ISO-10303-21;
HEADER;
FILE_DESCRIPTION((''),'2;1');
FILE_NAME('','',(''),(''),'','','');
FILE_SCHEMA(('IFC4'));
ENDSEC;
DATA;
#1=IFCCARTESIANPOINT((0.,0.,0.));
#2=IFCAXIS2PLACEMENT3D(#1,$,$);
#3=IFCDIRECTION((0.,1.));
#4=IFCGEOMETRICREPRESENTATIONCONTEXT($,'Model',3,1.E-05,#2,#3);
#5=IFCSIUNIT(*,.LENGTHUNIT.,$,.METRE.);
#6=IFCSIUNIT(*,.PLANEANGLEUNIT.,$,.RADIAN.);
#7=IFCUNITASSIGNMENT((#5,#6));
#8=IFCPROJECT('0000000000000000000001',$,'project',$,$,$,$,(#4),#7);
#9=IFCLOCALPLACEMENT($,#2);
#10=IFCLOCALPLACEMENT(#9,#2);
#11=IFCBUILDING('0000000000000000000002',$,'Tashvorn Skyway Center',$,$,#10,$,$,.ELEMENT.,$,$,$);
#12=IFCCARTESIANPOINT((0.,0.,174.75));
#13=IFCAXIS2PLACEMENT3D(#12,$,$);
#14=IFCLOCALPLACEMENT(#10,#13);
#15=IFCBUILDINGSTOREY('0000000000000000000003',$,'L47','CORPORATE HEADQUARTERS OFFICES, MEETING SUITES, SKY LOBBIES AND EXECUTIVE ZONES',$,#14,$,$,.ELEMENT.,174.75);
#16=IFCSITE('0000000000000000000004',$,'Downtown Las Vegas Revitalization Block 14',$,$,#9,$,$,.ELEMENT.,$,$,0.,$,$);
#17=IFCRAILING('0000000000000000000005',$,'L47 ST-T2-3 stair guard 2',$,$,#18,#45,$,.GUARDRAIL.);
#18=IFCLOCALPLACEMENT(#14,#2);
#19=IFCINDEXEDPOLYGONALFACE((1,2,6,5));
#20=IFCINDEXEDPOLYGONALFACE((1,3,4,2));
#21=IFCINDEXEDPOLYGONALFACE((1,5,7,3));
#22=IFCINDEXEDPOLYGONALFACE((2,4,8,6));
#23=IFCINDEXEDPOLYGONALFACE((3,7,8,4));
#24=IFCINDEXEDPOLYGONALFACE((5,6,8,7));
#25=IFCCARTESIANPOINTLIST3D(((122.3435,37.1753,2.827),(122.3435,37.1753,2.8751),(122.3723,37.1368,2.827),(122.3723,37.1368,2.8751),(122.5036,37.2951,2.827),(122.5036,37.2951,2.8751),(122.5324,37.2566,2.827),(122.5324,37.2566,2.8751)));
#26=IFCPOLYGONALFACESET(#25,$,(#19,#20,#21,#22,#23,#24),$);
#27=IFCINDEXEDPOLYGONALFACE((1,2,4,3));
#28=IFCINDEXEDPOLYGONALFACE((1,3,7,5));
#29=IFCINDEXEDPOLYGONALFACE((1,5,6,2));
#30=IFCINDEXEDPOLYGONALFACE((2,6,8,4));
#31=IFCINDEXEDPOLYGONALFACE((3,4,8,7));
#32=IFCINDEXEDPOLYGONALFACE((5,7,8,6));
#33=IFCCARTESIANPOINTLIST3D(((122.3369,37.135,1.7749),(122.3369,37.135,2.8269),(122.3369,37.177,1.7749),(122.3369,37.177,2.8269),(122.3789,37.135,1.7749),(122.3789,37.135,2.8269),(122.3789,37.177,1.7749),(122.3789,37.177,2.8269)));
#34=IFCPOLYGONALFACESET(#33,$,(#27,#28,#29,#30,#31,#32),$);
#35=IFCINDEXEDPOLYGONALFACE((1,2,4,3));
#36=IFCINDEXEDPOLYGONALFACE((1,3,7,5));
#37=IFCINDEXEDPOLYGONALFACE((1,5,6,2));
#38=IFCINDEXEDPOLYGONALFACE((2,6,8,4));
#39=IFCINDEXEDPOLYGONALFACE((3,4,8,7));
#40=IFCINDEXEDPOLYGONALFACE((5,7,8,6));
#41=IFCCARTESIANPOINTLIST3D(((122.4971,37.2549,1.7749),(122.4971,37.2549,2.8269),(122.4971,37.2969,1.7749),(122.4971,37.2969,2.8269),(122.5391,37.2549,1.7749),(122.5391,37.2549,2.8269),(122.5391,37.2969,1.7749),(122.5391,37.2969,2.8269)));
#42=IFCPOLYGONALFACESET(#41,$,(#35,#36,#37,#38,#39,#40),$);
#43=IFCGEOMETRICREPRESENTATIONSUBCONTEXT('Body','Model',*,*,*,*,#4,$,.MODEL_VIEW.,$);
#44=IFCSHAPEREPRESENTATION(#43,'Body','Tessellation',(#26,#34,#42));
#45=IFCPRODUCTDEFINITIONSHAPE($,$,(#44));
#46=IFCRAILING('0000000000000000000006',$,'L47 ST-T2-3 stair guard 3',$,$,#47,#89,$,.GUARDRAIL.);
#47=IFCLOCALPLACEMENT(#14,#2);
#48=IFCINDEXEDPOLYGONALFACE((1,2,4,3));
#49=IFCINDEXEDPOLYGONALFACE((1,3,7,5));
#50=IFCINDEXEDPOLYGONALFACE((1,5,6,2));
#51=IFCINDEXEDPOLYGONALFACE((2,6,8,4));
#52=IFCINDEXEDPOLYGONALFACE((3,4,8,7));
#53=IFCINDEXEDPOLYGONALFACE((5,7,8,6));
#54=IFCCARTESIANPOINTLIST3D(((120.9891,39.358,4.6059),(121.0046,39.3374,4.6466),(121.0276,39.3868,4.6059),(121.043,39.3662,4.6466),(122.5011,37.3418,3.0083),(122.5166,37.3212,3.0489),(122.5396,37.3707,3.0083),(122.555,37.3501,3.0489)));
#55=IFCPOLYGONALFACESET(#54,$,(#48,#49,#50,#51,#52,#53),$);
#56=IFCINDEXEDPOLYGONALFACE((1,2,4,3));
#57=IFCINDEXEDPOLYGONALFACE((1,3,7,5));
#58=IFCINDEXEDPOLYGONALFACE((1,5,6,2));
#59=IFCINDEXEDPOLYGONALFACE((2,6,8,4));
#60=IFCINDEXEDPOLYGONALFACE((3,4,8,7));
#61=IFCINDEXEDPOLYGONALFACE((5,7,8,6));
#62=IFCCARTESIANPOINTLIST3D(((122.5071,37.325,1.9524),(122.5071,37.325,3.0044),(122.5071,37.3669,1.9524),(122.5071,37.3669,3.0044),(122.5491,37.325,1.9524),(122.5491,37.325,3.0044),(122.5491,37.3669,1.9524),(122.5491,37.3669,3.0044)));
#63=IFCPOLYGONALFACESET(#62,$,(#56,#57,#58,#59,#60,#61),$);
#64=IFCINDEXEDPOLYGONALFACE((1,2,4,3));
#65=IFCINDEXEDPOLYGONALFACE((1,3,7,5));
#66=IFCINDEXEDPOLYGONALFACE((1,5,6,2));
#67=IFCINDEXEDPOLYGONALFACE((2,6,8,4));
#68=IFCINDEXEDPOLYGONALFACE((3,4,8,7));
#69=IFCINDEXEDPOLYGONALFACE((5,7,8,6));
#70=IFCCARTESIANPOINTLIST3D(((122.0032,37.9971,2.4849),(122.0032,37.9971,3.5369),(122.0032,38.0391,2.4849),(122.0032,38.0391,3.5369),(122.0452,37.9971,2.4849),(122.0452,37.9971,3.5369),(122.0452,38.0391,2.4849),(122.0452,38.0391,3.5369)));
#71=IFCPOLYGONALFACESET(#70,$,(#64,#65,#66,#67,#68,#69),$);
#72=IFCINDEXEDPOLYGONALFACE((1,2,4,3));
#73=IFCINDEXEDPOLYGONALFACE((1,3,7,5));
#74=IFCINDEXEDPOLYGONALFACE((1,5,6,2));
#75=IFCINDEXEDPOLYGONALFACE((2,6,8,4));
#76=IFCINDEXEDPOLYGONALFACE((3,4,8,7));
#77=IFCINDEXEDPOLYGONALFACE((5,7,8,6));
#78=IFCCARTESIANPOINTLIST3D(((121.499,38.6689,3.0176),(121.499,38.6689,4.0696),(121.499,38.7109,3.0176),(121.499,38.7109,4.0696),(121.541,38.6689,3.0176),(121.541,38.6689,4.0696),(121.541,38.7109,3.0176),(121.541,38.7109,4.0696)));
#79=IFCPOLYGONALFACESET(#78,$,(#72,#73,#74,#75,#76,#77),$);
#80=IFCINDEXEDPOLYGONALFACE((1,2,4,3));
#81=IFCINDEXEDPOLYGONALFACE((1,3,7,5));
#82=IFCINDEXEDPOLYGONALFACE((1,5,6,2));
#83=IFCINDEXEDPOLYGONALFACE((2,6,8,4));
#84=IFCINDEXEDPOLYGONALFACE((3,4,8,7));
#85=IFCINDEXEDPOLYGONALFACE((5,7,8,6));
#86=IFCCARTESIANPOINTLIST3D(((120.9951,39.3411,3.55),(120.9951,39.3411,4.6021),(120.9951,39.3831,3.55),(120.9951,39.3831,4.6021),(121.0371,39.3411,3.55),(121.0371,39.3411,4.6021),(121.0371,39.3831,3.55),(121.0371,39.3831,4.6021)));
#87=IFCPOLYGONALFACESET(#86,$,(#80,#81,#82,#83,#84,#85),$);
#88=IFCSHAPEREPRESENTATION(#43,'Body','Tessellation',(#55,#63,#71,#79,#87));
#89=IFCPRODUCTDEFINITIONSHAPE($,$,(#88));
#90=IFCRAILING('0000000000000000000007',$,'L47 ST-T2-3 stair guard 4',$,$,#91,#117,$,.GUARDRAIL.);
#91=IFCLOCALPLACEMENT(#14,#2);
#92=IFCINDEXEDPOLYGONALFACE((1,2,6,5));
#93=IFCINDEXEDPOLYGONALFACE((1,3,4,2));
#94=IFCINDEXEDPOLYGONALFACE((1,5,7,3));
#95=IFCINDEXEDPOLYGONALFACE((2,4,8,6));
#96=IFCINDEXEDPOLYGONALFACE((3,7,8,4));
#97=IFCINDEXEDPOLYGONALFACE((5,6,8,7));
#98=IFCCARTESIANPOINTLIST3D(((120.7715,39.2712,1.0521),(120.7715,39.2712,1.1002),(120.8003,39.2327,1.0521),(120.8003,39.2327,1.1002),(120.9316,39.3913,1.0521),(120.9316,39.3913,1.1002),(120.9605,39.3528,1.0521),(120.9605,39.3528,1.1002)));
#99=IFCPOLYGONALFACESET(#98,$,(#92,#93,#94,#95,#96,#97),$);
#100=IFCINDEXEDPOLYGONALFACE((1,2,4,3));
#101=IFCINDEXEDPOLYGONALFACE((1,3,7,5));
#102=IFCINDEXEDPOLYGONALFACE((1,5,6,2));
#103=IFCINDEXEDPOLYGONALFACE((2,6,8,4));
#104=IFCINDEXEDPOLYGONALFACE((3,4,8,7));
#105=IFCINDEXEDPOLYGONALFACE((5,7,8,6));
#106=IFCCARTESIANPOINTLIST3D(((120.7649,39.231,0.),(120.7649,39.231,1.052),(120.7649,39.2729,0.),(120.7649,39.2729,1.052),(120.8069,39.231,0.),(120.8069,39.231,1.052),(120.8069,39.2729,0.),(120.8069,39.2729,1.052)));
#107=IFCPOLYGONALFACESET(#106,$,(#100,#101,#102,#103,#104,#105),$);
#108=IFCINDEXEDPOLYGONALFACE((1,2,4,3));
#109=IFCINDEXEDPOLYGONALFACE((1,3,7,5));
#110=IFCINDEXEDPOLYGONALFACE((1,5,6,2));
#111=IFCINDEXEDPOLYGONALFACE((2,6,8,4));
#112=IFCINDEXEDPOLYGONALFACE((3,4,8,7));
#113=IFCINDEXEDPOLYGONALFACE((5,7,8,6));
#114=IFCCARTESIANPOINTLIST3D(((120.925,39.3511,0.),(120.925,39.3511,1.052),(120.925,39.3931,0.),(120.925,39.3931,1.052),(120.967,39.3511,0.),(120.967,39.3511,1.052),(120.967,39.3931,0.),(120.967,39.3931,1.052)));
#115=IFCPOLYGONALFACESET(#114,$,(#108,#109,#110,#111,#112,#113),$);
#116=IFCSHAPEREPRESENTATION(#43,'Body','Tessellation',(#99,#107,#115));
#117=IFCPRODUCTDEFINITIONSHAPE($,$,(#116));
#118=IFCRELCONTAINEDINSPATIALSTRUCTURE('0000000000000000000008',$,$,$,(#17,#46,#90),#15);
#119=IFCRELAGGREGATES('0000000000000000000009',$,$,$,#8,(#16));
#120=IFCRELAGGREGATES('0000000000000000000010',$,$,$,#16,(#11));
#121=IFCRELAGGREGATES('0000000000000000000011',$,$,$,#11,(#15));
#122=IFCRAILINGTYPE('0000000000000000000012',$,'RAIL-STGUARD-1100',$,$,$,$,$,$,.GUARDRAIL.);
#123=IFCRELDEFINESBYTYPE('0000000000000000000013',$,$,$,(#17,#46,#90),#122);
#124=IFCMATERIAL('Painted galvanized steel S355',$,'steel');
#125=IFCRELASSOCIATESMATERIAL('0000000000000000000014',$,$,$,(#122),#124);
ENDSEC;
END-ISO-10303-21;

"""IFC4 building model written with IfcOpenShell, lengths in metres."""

from ifc_helpers import new_model, si_unit, direction, frame, origin, origin_2d, place, context, subcontext, project, spatial, rectangle, extrude, material, type_object, element, save


model = new_model("IFC4")

# Units and contexts
model_context = context("Model", 3, precision=1e-05, world=origin(), true_north=direction((0.0, 1.0)))
body_context = subcontext(model_context, "Body", "Model", "MODEL_VIEW")
ifc_project = project(units=[si_unit("LENGTHUNIT", "METRE"), si_unit("PLANEANGLEUNIT", "RADIAN")], contexts=[model_context])

# Site, building, storey
site_placement = place(None, origin())
site = spatial("IfcSite", under=ifc_project, at=site_placement, Name="Downtown Las Vegas Revitalization Block 14", CompositionType="ELEMENT", RefElevation=0.0)
building_placement = place(site_placement, origin())
building = spatial("IfcBuilding", under=site, at=building_placement, Name="Tashvorn Skyway Center", CompositionType="ELEMENT")
storey_placement = place(building_placement, frame((0.0, 0.0, 174.75)))
storey = spatial("IfcBuildingStorey", under=building, at=storey_placement, Name="L47", Description="CORPORATE HEADQUARTERS OFFICES, MEETING SUITES, SKY LOBBIES AND EXECUTIVE ZONES", CompositionType="ELEMENT", Elevation=174.75)

# Railings
ifc_material_1 = material(Name="Painted galvanized steel S355", Category="steel")
railing_type_1 = type_object("IfcRailingType", Name="RAIL-STGUARD-1100", PredefinedType="GUARDRAIL", material=ifc_material_1)
railing_1_placement = place(storey_placement, frame((122.3579, 37.156, 1.7749)))
element("IfcRailing", 1, at=railing_1_placement, inside=storey, type_object=railing_type_1, Name="L47 ST-T2-3 stair guard 2", PredefinedType="GUARDRAIL", context=body_context, shape_type="SweptSolid", body=[
    extrude(rectangle(XDim=0.0481, YDim=0.0481, at=origin_2d()), frame((0.0, 0.0, 1.0762), z_axis=(0.800585, 0.599219, 0.0), x_axis=(-0.599219, 0.800585, 0.0)), (0.0, 0.0, 1.0), 0.2),
    extrude(rectangle(XDim=0.042, YDim=0.042, at=origin_2d()), origin(), (0.0, 0.0, 1.0), 1.052),
    extrude(rectangle(XDim=0.042, YDim=0.042, at=origin_2d()), frame((0.1602, 0.1199, 0.0)), (0.0, 0.0, 1.0), 1.052),
])
railing_2_placement = place(storey_placement, frame((122.5281, 37.3459, 1.9524)))
element("IfcRailing", 2, at=railing_2_placement, inside=storey, type_object=railing_type_1, Name="L47 ST-T2-3 stair guard 3", PredefinedType="GUARDRAIL", context=body_context, shape_type="SweptSolid", body=[
    extrude(rectangle(XDim=0.0481, YDim=0.0481, at=origin_2d()), frame((0.0, 0.0, 1.0762), z_axis=(-0.506719, 0.675679, 0.535438), x_axis=(-0.800023, -0.599969, 0.0)), (0.0, 0.0, 1.0), 2.9839),
    extrude(rectangle(XDim=0.042, YDim=0.042, at=origin_2d()), origin(), (0.0, 0.0, 1.0), 1.052),
    extrude(rectangle(XDim=0.042, YDim=0.042, at=origin_2d()), frame((-0.5039, 0.6721, 0.5325)), (0.0, 0.0, 1.0), 1.052),
    extrude(rectangle(XDim=0.042, YDim=0.042, at=origin_2d()), frame((-1.0081, 1.344, 1.0652)), (0.0, 0.0, 1.0), 1.052),
    extrude(rectangle(XDim=0.042, YDim=0.042, at=origin_2d()), frame((-1.512, 2.0161, 1.5977)), (0.0, 0.0, 1.0), 1.052),
])
railing_3_placement = place(storey_placement, frame((120.7859, 39.252, 0.0)))
element("IfcRailing", 3, at=railing_3_placement, inside=storey, type_object=railing_type_1, Name="L47 ST-T2-3 stair guard 4", PredefinedType="GUARDRAIL", context=body_context, shape_type="SweptSolid", body=[
    extrude(rectangle(XDim=0.0481, YDim=0.0481, at=origin_2d()), frame((0.0, 0.0, 1.0762), z_axis=(0.8, 0.6, 0.0), x_axis=(-0.6, 0.8, 0.0)), (0.0, 0.0, 1.0), 0.2002),
    extrude(rectangle(XDim=0.042, YDim=0.042, at=origin_2d()), origin(), (0.0, 0.0, 1.0), 1.052),
    extrude(rectangle(XDim=0.042, YDim=0.042, at=origin_2d()), frame((0.1602, 0.1201, 0.0)), (0.0, 0.0, 1.0), 1.052),
])

save(model, "model.ifc")
